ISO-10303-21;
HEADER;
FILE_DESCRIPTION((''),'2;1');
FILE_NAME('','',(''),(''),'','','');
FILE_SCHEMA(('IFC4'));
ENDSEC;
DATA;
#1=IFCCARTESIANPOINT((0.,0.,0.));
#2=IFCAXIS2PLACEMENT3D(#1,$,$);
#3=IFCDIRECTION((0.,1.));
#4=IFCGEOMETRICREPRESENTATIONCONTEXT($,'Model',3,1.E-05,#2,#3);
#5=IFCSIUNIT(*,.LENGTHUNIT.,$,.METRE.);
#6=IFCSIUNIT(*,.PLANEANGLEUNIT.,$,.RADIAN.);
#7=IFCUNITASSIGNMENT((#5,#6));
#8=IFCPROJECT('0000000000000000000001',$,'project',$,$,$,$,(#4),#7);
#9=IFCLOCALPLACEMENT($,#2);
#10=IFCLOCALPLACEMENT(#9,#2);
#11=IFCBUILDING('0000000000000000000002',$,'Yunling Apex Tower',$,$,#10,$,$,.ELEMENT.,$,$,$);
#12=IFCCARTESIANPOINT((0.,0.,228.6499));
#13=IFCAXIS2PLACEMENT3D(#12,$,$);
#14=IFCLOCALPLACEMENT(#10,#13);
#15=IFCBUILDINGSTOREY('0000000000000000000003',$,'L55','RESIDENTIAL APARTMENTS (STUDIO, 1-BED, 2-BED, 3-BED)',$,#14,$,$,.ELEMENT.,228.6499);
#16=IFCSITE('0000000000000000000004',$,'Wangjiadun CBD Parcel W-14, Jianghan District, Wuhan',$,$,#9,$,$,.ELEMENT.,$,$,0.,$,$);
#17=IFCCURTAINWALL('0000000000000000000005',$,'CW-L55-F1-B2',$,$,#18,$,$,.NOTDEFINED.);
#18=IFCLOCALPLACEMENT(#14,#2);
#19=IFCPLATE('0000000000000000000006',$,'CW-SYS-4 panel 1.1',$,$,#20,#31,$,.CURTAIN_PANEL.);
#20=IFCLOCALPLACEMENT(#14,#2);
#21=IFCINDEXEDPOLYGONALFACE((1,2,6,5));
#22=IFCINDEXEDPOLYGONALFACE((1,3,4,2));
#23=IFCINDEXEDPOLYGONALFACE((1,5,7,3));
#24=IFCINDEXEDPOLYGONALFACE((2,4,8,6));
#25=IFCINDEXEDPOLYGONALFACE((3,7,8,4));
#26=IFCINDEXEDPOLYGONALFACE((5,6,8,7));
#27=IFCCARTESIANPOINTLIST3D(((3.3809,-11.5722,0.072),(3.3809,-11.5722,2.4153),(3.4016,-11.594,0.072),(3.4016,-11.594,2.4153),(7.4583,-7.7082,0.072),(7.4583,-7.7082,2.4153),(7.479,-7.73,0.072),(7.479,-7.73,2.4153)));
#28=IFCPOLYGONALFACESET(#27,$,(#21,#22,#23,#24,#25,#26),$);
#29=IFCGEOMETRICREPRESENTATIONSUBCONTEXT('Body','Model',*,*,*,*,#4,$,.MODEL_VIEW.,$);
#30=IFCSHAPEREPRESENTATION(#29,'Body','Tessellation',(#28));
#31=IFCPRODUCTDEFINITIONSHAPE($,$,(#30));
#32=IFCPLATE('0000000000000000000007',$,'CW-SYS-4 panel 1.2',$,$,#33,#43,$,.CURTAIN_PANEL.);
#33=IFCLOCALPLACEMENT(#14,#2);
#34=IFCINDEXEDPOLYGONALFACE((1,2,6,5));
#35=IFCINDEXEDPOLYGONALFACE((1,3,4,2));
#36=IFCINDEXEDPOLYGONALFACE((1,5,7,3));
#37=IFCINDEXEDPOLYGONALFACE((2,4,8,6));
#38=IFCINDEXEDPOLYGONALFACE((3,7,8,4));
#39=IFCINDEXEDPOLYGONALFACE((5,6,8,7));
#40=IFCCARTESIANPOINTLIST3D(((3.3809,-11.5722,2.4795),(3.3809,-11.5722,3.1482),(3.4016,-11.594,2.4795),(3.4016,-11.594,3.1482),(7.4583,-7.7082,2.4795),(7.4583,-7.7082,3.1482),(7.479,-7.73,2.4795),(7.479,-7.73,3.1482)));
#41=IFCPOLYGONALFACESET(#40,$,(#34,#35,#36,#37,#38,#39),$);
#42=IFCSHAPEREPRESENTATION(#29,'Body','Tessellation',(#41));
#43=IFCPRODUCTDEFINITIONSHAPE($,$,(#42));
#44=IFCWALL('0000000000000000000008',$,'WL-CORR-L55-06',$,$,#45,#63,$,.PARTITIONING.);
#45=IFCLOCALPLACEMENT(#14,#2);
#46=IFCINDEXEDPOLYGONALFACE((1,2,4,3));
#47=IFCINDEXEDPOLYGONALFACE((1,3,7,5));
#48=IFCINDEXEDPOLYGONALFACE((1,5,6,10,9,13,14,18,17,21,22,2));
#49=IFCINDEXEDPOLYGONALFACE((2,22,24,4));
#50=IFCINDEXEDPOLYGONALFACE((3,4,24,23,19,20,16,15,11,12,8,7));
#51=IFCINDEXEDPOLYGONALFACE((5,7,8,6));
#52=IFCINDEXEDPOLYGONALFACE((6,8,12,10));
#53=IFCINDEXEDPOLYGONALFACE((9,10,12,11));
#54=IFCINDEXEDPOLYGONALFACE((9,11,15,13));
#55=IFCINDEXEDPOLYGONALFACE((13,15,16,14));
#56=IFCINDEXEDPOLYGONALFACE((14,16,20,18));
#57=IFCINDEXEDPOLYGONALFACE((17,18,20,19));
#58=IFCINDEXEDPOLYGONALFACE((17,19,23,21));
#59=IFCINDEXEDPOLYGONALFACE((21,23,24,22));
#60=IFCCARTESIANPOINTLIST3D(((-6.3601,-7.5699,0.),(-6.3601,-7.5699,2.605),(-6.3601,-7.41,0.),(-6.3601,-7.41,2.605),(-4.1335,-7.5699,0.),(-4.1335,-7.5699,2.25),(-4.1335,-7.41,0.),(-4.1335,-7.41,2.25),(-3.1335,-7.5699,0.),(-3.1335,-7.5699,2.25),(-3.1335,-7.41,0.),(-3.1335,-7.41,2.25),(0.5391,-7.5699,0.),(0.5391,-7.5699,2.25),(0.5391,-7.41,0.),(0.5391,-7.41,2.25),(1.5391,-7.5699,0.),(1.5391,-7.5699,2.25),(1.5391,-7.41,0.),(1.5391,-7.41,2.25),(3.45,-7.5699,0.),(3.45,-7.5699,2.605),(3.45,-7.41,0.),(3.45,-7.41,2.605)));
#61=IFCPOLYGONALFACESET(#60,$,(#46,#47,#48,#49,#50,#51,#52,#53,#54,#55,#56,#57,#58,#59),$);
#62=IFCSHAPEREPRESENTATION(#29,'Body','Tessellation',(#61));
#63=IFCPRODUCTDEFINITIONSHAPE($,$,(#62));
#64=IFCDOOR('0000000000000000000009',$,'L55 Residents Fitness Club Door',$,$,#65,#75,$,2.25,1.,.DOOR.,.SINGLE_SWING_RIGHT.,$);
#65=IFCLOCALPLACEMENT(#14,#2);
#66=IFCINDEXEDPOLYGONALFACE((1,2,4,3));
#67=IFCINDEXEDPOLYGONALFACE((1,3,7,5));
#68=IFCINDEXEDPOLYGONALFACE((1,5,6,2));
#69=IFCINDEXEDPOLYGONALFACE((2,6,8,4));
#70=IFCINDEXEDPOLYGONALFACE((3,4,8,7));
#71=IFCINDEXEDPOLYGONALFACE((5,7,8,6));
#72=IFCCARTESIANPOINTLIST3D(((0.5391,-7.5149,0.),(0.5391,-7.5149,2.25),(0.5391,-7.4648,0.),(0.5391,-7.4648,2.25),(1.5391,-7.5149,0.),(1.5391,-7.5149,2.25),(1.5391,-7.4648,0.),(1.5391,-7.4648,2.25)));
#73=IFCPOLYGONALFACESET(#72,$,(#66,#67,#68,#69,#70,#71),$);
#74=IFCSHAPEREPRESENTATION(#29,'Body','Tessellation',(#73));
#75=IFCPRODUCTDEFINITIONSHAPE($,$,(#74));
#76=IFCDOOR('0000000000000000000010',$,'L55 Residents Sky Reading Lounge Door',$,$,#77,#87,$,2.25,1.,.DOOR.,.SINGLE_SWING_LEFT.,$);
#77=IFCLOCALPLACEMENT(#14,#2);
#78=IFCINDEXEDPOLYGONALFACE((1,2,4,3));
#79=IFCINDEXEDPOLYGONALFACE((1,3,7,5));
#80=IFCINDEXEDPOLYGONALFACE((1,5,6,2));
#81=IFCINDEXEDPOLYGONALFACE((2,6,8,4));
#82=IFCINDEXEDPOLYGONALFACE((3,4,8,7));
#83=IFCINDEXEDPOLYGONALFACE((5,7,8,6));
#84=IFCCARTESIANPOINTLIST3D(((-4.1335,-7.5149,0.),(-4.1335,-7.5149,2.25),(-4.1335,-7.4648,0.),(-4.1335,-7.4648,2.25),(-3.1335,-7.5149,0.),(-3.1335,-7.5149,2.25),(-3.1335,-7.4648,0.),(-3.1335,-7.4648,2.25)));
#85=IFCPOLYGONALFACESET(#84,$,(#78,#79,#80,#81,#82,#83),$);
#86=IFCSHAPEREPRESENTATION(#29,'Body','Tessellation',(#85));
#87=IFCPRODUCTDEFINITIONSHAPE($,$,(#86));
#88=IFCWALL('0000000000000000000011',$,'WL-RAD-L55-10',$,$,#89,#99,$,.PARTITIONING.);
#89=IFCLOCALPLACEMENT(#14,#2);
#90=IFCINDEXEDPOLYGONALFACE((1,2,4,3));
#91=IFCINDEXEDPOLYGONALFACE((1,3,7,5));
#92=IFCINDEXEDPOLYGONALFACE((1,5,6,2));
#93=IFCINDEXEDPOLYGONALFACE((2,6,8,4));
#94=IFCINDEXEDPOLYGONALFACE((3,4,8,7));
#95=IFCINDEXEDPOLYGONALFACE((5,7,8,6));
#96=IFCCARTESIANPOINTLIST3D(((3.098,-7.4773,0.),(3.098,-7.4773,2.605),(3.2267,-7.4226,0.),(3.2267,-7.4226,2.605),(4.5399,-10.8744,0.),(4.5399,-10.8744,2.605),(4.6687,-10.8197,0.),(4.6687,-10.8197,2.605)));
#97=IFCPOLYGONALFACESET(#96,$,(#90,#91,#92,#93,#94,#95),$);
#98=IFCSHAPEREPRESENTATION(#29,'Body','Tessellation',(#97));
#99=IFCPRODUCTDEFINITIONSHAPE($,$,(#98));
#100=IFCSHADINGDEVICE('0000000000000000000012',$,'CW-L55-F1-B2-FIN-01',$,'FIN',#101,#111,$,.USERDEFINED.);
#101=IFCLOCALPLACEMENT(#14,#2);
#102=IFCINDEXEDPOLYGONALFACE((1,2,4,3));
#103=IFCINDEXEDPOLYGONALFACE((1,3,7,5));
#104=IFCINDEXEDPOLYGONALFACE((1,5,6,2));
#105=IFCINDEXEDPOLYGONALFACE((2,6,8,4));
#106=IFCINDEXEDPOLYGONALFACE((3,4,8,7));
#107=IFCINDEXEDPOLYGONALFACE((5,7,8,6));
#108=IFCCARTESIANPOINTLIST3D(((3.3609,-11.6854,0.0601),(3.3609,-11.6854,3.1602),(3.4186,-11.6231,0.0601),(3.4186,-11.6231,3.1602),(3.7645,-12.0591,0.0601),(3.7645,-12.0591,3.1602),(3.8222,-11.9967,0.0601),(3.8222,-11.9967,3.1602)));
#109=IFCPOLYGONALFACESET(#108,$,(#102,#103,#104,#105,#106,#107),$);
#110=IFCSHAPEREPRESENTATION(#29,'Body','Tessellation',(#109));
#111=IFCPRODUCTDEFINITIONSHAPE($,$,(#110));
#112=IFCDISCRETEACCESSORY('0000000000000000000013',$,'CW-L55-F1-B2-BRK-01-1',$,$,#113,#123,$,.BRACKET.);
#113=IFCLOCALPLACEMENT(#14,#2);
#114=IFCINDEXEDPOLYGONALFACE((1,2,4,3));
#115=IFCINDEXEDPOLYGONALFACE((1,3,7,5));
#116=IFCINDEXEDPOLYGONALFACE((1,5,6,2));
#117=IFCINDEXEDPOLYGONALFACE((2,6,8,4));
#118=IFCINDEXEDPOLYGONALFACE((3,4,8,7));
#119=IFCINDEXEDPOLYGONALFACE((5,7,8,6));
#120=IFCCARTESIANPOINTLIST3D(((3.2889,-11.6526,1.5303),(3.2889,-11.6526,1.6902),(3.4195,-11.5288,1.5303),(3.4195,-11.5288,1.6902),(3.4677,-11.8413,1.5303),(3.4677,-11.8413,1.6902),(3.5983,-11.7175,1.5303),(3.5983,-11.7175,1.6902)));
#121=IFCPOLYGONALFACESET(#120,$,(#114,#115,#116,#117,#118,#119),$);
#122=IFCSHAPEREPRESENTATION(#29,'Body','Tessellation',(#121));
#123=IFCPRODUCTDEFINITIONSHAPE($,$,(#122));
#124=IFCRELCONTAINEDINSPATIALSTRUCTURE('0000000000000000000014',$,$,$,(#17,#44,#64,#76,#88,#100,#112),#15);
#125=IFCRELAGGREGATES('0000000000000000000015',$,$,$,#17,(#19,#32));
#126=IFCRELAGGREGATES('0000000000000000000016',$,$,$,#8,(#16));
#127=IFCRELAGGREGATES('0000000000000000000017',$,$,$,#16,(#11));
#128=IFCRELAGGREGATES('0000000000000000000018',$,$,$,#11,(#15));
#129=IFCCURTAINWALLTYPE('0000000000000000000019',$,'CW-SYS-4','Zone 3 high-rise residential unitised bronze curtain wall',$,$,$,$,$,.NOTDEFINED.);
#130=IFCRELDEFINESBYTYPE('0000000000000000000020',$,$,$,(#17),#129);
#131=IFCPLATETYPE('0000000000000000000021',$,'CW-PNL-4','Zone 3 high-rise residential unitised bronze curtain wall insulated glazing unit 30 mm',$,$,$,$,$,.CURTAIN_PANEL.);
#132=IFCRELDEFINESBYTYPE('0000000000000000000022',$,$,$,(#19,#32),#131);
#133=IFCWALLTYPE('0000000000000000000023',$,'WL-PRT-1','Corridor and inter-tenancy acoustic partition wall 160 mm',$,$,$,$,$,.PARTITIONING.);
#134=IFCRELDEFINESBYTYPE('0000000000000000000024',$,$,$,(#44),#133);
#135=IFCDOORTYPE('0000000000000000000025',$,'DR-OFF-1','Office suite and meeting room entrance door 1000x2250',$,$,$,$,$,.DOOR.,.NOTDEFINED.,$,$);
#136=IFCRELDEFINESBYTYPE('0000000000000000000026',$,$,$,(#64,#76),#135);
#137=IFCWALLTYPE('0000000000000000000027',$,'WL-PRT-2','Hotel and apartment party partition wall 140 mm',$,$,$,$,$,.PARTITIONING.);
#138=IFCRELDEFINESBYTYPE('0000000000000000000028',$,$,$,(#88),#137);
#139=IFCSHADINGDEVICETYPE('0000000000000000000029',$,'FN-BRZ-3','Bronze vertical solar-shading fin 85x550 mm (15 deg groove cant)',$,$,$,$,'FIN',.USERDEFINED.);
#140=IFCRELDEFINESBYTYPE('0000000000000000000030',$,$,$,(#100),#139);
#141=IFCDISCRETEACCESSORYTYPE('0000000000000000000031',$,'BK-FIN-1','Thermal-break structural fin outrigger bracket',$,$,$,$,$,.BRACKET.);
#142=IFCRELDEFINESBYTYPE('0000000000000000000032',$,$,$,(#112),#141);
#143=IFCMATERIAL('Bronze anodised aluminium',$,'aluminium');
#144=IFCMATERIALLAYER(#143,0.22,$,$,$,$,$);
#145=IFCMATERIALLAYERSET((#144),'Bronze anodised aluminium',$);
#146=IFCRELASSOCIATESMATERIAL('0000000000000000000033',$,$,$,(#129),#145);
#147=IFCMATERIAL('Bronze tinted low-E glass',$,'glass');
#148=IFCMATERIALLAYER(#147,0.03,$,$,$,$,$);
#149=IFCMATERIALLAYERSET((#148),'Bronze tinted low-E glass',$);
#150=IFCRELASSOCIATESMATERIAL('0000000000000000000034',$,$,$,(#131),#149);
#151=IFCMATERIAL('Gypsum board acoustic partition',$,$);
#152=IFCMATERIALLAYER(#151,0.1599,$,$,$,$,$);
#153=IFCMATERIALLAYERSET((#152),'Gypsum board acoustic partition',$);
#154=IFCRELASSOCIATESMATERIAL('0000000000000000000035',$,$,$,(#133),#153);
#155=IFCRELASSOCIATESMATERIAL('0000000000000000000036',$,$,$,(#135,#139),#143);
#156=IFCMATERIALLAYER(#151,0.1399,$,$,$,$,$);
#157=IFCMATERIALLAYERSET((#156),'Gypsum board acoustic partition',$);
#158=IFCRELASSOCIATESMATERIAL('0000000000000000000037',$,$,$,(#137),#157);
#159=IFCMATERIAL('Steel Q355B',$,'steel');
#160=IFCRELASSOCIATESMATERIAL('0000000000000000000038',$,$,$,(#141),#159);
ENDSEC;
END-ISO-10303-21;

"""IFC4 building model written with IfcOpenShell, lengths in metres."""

from ifc_helpers import new_model, si_unit, direction, frame, frame_2d, origin, origin_2d, place, context, subcontext, project, spatial, rectangle, extrude, source, transform, mapped, material, layer, layer_set, material_profile, profile_set, type_object, element, fill, aggregate, save


model = new_model("IFC4")

# Units and contexts
model_context = context("Model", 3, precision=1e-05, world=origin(), true_north=direction((0.0, 1.0)))
body_context = subcontext(model_context, "Body", "Model", "MODEL_VIEW")
ifc_project = project(units=[si_unit("LENGTHUNIT", "METRE"), si_unit("PLANEANGLEUNIT", "RADIAN")], contexts=[model_context])

# Site, building, storey
site_placement = place(None, origin())
site = spatial("IfcSite", under=ifc_project, at=site_placement, Name="Wangjiadun CBD Parcel W-14, Jianghan District, Wuhan", CompositionType="ELEMENT", RefElevation=0.0)
building_placement = place(site_placement, origin())
building = spatial("IfcBuilding", under=site, at=building_placement, Name="Yunling Apex Tower", CompositionType="ELEMENT")
storey_placement = place(building_placement, frame((0.0, 0.0, 228.6499)))
storey = spatial("IfcBuildingStorey", under=building, at=storey_placement, Name="L55", Description="RESIDENTIAL APARTMENTS (STUDIO, 1-BED, 2-BED, 3-BED)", CompositionType="ELEMENT", Elevation=228.6499)

# Shared definitions
ifc_material_1 = material(Name="Steel Q355B", Category="steel")

# Shared definitions
ifc_material_2 = material(Name="Bronze anodised aluminium", Category="aluminium")
ifc_layer_1 = layer(ifc_material_2, 0.22)
ifc_layer_set_1 = layer_set([ifc_layer_1], Name="Bronze anodised aluminium")
curtain_wall_type = type_object("IfcCurtainWallType", Name="CW-SYS-4", Description="Zone 3 high-rise residential unitised bronze curtain wall", PredefinedType="NOTDEFINED", material=ifc_layer_set_1)

# Curtain wall
curtain_wall_1_placement = place(storey_placement, origin())
curtain_wall_1 = element("IfcCurtainWall", 1, at=curtain_wall_1_placement, inside=storey, type_object=curtain_wall_type, Name="CW-L55-F1-B2", PredefinedType="NOTDEFINED")

# Plates
ifc_material_3 = material(Name="Bronze tinted low-E glass", Category="glass")
ifc_layer_2 = layer(ifc_material_3, 0.03)
ifc_layer_set_2 = layer_set([ifc_layer_2], Name="Bronze tinted low-E glass")
plate_type_1 = type_object("IfcPlateType", Name="CW-PNL-4", Description="Zone 3 high-rise residential unitised bronze curtain wall insulated glazing unit 30 mm", PredefinedType="CURTAIN_PANEL", material=ifc_layer_set_2)
shared_shape_1 = source(origin(), body_context, "Body", "SweptSolid", [
    extrude(rectangle(XDim=5.6174, YDim=0.03, at=origin_2d()), origin(), (0.0, 0.0, 1.0), 2.3433),
])
plate_1_placement = place(storey_placement, frame((5.4299, -9.6511, 0.072), z_axis=(0.0, 0.0, 1.0), x_axis=(0.725849, 0.687854, 0.0)))
plate_1 = element("IfcPlate", 2, at=plate_1_placement, type_object=plate_type_1, Name="CW-SYS-4 panel 1.1", PredefinedType="CURTAIN_PANEL", context=body_context, shape_type="MappedRepresentation", body=[
    mapped(shared_shape_1, transform((0.0, 0.0, 0.0), scale=1.0)),
])
shared_shape_2 = source(origin(), body_context, "Body", "SweptSolid", [
    extrude(rectangle(XDim=5.6174, YDim=0.03, at=origin_2d()), origin(), (0.0, 0.0, 1.0), 0.6687),
])
plate_2_placement = place(storey_placement, frame((5.4299, -9.6511, 2.4795), z_axis=(0.0, 0.0, 1.0), x_axis=(0.725849, 0.687854, 0.0)))
plate_2 = element("IfcPlate", 3, at=plate_2_placement, type_object=plate_type_1, Name="CW-SYS-4 panel 1.2", PredefinedType="CURTAIN_PANEL", context=body_context, shape_type="MappedRepresentation", body=[
    mapped(shared_shape_2, transform((0.0, 0.0, 0.0), scale=1.0)),
])
aggregate(curtain_wall_1, [plate_1, plate_2])

# Wall, openings, doors
ifc_material_4 = material(Name="Gypsum board acoustic partition")
ifc_layer_3 = layer(ifc_material_4, 0.1599)
ifc_layer_set_3 = layer_set([ifc_layer_3], Name="Gypsum board acoustic partition")
wall_type_1 = type_object("IfcWallType", Name="WL-PRT-1", Description="Corridor and inter-tenancy acoustic partition wall 160 mm", PredefinedType="PARTITIONING", material=ifc_layer_set_3)
wall_1_placement = place(storey_placement, frame((3.45, -7.49, 0.0), z_axis=(0.0, 0.0, 1.0), x_axis=(-1.0, 0.0, 0.0)))
wall_1 = element("IfcWall", 4, at=wall_1_placement, inside=storey, type_object=wall_type_1, Name="WL-CORR-L55-06", PredefinedType="PARTITIONING", context=body_context, shape_type="SweptSolid", body=[
    extrude(rectangle(XDim=9.8101, YDim=0.1599, at=frame_2d((4.905, 0.0))), origin(), (0.0, 0.0, 1.0), 2.605),
])
opening_1_placement = place(wall_1_placement, frame((1.9109, 0.0, 0.0)))
opening_1 = element("IfcOpeningElement", 5, at=opening_1_placement, cuts=wall_1, PredefinedType="OPENING", context=body_context, shape_type="SweptSolid", body=[
    extrude(rectangle(XDim=1.0, YDim=2.25, at=frame_2d((0.5, 1.125))), frame((0.0, 0.0898, 0.0), z_axis=(0.0, -1.0, 0.0), x_axis=(1.0, 0.0, 0.0)), (0.0, 0.0, 1.0), 0.1799),
])
opening_2_placement = place(wall_1_placement, frame((6.5835, 0.0, 0.0)))
opening_2 = element("IfcOpeningElement", 6, at=opening_2_placement, cuts=wall_1, PredefinedType="OPENING", context=body_context, shape_type="SweptSolid", body=[
    extrude(rectangle(XDim=1.0, YDim=2.25, at=frame_2d((0.5, 1.125))), frame((0.0, 0.0898, 0.0), z_axis=(0.0, -1.0, 0.0), x_axis=(1.0, 0.0, 0.0)), (0.0, 0.0, 1.0), 0.1799),
])
door_type = type_object("IfcDoorType", Name="DR-OFF-1", Description="Office suite and meeting room entrance door 1000x2250", OperationType="NOTDEFINED", PredefinedType="DOOR", material=ifc_material_2)
door_1_placement = place(opening_1_placement, origin())
door_1 = element("IfcDoor", 7, at=door_1_placement, inside=storey, type_object=door_type, Name="L55 Residents Fitness Club Door", OperationType="SINGLE_SWING_RIGHT", OverallHeight=2.25, OverallWidth=1.0, PredefinedType="DOOR", context=body_context, shape_type="SweptSolid", body=[
    extrude(rectangle(XDim=1.0, YDim=2.25, at=frame_2d((0.5, 1.125))), frame((0.0, 0.0249, 0.0), z_axis=(0.0, -1.0, 0.0), x_axis=(1.0, 0.0, 0.0)), (0.0, 0.0, 1.0), 0.05),
])
fill(opening_1, door_1)
door_2_placement = place(opening_2_placement, origin())
door_2 = element("IfcDoor", 8, at=door_2_placement, inside=storey, type_object=door_type, Name="L55 Residents Sky Reading Lounge Door", OperationType="SINGLE_SWING_LEFT", OverallHeight=2.25, OverallWidth=1.0, PredefinedType="DOOR", context=body_context, shape_type="SweptSolid", body=[
    extrude(rectangle(XDim=1.0, YDim=2.25, at=frame_2d((0.5, 1.125))), frame((0.0, 0.0249, 0.0), z_axis=(0.0, -1.0, 0.0), x_axis=(1.0, 0.0, 0.0)), (0.0, 0.0, 1.0), 0.05),
])
fill(opening_2, door_2)

# Wall
ifc_layer_4 = layer(ifc_material_4, 0.1399)
ifc_layer_set_4 = layer_set([ifc_layer_4], Name="Gypsum board acoustic partition")
wall_type_2 = type_object("IfcWallType", Name="WL-PRT-2", Description="Hotel and apartment party partition wall 140 mm", PredefinedType="PARTITIONING", material=ifc_layer_set_4)
wall_2_placement = place(storey_placement, frame((3.1624, -7.45, 0.0), z_axis=(0.0, 0.0, 1.0), x_axis=(0.390723, -0.920508, 0.0)))
element("IfcWall", 9, at=wall_2_placement, inside=storey, type_object=wall_type_2, Name="WL-RAD-L55-10", PredefinedType="PARTITIONING", context=body_context, shape_type="SweptSolid", body=[
    extrude(rectangle(XDim=3.6904, YDim=0.1399, at=frame_2d((1.8452, 0.0))), origin(), (0.0, 0.0, 1.0), 2.605),
])

# Shading device
ifc_material_profile_1 = material_profile(ifc_material_2, rectangle(XDim=0.085, YDim=0.55, at=origin_2d()))
ifc_profile_set_1 = profile_set([ifc_material_profile_1], Name="Bronze anodised aluminium")
shading_device_type = type_object("IfcShadingDeviceType", Name="FN-BRZ-3", Description="Bronze vertical solar-shading fin 85x550 mm (15 deg groove cant)", ElementType="FIN", PredefinedType="USERDEFINED", material=ifc_profile_set_1)
shared_shape_3 = source(origin(), body_context, "Body", "SweptSolid", [
    extrude(rectangle(XDim=0.085, YDim=0.55, at=origin_2d()), origin(), (0.0, 0.0, 1.0), 3.1001),
])
shading_device_placement = place(storey_placement, frame((3.5916, -11.8411, 0.0601), z_axis=(0.0, 0.0, 1.0), x_axis=(0.679313, 0.733848, 0.0)))
element("IfcShadingDevice", 10, at=shading_device_placement, inside=storey, type_object=shading_device_type, Name="CW-L55-F1-B2-FIN-01", ObjectType="FIN", PredefinedType="USERDEFINED", context=body_context, shape_type="MappedRepresentation", body=[
    mapped(shared_shape_3, transform((0.0, 0.0, 0.0), scale=1.0)),
])

# Discrete accessory
discrete_accessory_type = type_object("IfcDiscreteAccessoryType", Name="BK-FIN-1", Description="Thermal-break structural fin outrigger bracket", PredefinedType="BRACKET", material=ifc_material_1)
shared_shape_4 = source(origin(), body_context, "Body", "SweptSolid", [
    extrude(rectangle(XDim=0.1799, YDim=0.26, at=origin_2d()), origin(), (0.0, 0.0, 1.0), 0.1599),
])
discrete_accessory_placement = place(storey_placement, frame((3.4436, -11.6851, 1.5303), z_axis=(0.0, 0.0, 1.0), x_axis=(0.725855, 0.687848, 0.0)))
element("IfcDiscreteAccessory", 11, at=discrete_accessory_placement, inside=storey, type_object=discrete_accessory_type, Name="CW-L55-F1-B2-BRK-01-1", PredefinedType="BRACKET", context=body_context, shape_type="MappedRepresentation", body=[
    mapped(shared_shape_4, transform((0.0, 0.0, 0.0), scale=1.0)),
])

save(model, "model.ifc")
